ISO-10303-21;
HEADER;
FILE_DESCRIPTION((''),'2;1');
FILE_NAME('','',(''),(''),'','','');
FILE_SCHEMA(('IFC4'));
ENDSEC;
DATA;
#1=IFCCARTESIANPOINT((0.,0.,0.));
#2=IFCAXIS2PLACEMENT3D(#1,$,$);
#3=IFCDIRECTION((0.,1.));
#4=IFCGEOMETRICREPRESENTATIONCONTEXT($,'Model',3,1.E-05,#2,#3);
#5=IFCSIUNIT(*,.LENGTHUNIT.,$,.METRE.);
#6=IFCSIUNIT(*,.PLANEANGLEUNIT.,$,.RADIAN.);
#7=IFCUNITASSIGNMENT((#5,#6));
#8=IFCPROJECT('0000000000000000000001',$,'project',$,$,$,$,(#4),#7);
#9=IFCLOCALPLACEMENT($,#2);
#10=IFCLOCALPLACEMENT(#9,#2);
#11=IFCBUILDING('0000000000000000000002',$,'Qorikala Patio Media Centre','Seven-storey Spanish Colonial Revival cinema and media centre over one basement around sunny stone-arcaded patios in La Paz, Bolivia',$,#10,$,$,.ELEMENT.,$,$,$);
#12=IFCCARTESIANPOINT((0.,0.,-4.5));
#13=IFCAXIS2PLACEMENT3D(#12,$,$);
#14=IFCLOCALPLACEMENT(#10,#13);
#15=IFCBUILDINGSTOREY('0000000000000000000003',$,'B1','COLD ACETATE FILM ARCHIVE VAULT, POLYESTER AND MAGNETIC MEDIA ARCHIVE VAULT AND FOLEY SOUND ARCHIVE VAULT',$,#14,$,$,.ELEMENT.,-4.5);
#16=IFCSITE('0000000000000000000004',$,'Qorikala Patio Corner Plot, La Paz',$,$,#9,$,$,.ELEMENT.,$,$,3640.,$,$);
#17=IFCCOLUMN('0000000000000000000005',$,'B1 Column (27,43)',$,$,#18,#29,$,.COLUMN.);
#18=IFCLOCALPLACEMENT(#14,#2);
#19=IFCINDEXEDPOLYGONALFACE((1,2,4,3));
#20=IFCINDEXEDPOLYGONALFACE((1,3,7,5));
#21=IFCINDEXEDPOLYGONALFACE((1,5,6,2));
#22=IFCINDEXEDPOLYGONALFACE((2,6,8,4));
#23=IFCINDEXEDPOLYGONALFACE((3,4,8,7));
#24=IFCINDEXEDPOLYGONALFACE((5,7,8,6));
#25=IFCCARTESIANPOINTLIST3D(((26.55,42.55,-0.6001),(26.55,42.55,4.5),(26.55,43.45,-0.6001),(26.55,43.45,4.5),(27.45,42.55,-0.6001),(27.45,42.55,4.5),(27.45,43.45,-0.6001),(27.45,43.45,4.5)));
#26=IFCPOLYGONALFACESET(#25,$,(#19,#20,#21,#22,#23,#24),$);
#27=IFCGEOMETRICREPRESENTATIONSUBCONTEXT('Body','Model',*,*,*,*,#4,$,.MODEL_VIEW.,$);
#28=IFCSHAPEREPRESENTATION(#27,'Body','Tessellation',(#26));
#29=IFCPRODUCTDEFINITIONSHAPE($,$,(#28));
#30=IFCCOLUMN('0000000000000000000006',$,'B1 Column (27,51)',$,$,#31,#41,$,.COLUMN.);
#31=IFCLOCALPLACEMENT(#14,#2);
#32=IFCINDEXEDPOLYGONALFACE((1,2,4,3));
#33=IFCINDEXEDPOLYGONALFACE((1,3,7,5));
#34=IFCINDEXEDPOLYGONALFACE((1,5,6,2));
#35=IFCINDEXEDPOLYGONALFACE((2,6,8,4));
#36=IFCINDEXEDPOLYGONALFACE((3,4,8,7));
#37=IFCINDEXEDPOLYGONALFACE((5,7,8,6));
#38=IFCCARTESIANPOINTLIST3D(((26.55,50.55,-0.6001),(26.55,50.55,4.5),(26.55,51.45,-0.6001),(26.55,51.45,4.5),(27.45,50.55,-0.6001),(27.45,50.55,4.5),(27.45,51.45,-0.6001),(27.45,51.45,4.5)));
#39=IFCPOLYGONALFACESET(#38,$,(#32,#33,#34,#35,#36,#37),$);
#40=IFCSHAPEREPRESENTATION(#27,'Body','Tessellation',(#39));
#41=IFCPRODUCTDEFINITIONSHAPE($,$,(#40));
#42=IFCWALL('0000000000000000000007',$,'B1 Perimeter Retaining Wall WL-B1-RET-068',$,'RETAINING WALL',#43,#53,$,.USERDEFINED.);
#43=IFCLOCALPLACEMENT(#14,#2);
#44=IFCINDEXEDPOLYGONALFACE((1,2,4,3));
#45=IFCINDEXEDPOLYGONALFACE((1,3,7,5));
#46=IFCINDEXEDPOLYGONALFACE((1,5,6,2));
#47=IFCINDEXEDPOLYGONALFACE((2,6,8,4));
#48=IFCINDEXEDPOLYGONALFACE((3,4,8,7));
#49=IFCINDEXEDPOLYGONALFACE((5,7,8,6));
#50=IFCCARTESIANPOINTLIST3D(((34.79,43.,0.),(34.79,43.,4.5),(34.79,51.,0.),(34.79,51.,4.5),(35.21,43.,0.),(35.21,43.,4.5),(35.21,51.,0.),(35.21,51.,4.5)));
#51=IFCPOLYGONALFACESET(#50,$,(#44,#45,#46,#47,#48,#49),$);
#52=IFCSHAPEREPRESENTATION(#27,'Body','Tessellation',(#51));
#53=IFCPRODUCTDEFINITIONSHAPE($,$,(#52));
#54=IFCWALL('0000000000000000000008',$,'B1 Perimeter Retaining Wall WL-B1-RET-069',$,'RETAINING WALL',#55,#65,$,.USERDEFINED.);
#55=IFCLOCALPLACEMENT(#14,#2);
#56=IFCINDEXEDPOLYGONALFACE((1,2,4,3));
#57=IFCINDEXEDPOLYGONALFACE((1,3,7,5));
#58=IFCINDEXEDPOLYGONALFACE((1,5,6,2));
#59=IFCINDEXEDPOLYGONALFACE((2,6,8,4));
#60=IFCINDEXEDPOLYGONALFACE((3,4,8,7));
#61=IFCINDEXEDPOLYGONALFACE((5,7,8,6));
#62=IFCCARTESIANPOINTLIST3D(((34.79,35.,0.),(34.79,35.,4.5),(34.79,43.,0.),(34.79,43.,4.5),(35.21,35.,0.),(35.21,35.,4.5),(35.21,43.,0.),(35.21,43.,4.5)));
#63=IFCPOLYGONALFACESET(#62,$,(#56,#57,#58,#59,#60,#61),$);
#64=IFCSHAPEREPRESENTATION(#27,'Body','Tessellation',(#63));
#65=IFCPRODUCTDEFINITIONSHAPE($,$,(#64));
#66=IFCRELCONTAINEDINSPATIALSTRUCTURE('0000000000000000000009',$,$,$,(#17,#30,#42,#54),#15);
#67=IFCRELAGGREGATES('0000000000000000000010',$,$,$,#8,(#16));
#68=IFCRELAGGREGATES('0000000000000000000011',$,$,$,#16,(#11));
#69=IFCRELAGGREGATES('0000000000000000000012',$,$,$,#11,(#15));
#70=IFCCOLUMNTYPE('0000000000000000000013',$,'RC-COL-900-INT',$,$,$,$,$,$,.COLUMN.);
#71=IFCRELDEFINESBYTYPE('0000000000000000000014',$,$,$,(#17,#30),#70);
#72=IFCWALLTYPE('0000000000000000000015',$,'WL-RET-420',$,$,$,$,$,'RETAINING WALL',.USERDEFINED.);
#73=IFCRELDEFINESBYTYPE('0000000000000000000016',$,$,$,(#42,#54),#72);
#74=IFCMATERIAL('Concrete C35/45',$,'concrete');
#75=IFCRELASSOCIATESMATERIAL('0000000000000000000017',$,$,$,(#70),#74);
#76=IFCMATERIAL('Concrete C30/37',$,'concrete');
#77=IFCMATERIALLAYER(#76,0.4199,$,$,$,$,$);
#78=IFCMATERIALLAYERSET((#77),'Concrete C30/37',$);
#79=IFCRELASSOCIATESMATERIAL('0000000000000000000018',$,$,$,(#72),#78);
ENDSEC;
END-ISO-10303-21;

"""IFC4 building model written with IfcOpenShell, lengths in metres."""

from ifc_helpers import new_model, si_unit, direction, frame, frame_2d, origin, origin_2d, place, context, subcontext, project, spatial, rectangle, extrude, material, layer, layer_set, material_profile, profile_set, type_object, element, save


model = new_model("IFC4")

# Units and contexts
model_context = context("Model", 3, precision=1e-05, world=origin(), true_north=direction((0.0, 1.0)))
body_context = subcontext(model_context, "Body", "Model", "MODEL_VIEW")
ifc_project = project(units=[si_unit("LENGTHUNIT", "METRE"), si_unit("PLANEANGLEUNIT", "RADIAN")], contexts=[model_context])

# Site, building, storey
site_placement = place(None, origin())
site = spatial("IfcSite", under=ifc_project, at=site_placement, Name="Qorikala Patio Corner Plot, La Paz", CompositionType="ELEMENT", RefElevation=3640.0)
building_placement = place(site_placement, origin())
building = spatial("IfcBuilding", under=site, at=building_placement, Name="Qorikala Patio Media Centre", Description="Seven-storey Spanish Colonial Revival cinema and media centre over one basement around sunny stone-arcaded patios in La Paz, Bolivia", CompositionType="ELEMENT")
storey_placement = place(building_placement, frame((0.0, 0.0, -4.5)))
storey = spatial("IfcBuildingStorey", under=building, at=storey_placement, Name="B1", Description="COLD ACETATE FILM ARCHIVE VAULT, POLYESTER AND MAGNETIC MEDIA ARCHIVE VAULT AND FOLEY SOUND ARCHIVE VAULT", CompositionType="ELEMENT", Elevation=-4.5)

# Shared definitions
ifc_material_1 = material(Name="Concrete C30/37", Category="concrete")

# Columns
ifc_material_2 = material(Name="Concrete C35/45", Category="concrete")
ifc_material_profile_1 = material_profile(ifc_material_2, rectangle(XDim=0.8999, YDim=0.8999, at=origin_2d()), Name="RC 900x900")
ifc_profile_set_1 = profile_set([ifc_material_profile_1], Name="Concrete C35/45")
column_type_1 = type_object("IfcColumnType", Name="RC-COL-900-INT", PredefinedType="COLUMN", material=ifc_profile_set_1)
for number, where, z_axis, x_axis, name in (
    (1, (27.0, 43.0, -0.6001), (0.0, 0.0, 1.0), (1.0, 0.0, 0.0), "B1 Column (27,43)"),
    (2, (27.0, 51.0, -0.6001), (0.0, 0.0, 1.0), (1.0, 0.0, 0.0), "B1 Column (27,51)"),
):
    element("IfcColumn", number, at=place(storey_placement, frame(where, z_axis=z_axis, x_axis=x_axis)), inside=storey, type_object=column_type_1, Name=name, PredefinedType="COLUMN", context=body_context, shape_type="SweptSolid", body=[
        extrude(rectangle(XDim=0.8999, YDim=0.8999, at=origin_2d()), origin(), (0.0, 0.0, 1.0), 5.1001),
    ])

# Walls
ifc_layer_1 = layer(ifc_material_1, 0.4199)
ifc_layer_set_1 = layer_set([ifc_layer_1], Name="Concrete C30/37")
wall_type = type_object("IfcWallType", Name="WL-RET-420", ElementType="RETAINING WALL", PredefinedType="USERDEFINED", material=ifc_layer_set_1)
for number, where, z_axis, x_axis, name in (
    (3, (35.0, 51.0, 0.0), (0.0, 0.0, 1.0), (0.0, -1.0, 0.0), "B1 Perimeter Retaining Wall WL-B1-RET-068"),
    (4, (35.0, 43.0, 0.0), (0.0, 0.0, 1.0), (0.0, -1.0, 0.0), "B1 Perimeter Retaining Wall WL-B1-RET-069"),
):
    element("IfcWall", number, at=place(storey_placement, frame(where, z_axis=z_axis, x_axis=x_axis)), inside=storey, type_object=wall_type, Name=name, ObjectType="RETAINING WALL", PredefinedType="USERDEFINED", context=body_context, shape_type="SweptSolid", body=[
        extrude(rectangle(XDim=8.0, YDim=0.4199, at=frame_2d((4.0, 0.0))), origin(), (0.0, 0.0, 1.0), 4.5),
    ])

save(model, "model.ifc")
